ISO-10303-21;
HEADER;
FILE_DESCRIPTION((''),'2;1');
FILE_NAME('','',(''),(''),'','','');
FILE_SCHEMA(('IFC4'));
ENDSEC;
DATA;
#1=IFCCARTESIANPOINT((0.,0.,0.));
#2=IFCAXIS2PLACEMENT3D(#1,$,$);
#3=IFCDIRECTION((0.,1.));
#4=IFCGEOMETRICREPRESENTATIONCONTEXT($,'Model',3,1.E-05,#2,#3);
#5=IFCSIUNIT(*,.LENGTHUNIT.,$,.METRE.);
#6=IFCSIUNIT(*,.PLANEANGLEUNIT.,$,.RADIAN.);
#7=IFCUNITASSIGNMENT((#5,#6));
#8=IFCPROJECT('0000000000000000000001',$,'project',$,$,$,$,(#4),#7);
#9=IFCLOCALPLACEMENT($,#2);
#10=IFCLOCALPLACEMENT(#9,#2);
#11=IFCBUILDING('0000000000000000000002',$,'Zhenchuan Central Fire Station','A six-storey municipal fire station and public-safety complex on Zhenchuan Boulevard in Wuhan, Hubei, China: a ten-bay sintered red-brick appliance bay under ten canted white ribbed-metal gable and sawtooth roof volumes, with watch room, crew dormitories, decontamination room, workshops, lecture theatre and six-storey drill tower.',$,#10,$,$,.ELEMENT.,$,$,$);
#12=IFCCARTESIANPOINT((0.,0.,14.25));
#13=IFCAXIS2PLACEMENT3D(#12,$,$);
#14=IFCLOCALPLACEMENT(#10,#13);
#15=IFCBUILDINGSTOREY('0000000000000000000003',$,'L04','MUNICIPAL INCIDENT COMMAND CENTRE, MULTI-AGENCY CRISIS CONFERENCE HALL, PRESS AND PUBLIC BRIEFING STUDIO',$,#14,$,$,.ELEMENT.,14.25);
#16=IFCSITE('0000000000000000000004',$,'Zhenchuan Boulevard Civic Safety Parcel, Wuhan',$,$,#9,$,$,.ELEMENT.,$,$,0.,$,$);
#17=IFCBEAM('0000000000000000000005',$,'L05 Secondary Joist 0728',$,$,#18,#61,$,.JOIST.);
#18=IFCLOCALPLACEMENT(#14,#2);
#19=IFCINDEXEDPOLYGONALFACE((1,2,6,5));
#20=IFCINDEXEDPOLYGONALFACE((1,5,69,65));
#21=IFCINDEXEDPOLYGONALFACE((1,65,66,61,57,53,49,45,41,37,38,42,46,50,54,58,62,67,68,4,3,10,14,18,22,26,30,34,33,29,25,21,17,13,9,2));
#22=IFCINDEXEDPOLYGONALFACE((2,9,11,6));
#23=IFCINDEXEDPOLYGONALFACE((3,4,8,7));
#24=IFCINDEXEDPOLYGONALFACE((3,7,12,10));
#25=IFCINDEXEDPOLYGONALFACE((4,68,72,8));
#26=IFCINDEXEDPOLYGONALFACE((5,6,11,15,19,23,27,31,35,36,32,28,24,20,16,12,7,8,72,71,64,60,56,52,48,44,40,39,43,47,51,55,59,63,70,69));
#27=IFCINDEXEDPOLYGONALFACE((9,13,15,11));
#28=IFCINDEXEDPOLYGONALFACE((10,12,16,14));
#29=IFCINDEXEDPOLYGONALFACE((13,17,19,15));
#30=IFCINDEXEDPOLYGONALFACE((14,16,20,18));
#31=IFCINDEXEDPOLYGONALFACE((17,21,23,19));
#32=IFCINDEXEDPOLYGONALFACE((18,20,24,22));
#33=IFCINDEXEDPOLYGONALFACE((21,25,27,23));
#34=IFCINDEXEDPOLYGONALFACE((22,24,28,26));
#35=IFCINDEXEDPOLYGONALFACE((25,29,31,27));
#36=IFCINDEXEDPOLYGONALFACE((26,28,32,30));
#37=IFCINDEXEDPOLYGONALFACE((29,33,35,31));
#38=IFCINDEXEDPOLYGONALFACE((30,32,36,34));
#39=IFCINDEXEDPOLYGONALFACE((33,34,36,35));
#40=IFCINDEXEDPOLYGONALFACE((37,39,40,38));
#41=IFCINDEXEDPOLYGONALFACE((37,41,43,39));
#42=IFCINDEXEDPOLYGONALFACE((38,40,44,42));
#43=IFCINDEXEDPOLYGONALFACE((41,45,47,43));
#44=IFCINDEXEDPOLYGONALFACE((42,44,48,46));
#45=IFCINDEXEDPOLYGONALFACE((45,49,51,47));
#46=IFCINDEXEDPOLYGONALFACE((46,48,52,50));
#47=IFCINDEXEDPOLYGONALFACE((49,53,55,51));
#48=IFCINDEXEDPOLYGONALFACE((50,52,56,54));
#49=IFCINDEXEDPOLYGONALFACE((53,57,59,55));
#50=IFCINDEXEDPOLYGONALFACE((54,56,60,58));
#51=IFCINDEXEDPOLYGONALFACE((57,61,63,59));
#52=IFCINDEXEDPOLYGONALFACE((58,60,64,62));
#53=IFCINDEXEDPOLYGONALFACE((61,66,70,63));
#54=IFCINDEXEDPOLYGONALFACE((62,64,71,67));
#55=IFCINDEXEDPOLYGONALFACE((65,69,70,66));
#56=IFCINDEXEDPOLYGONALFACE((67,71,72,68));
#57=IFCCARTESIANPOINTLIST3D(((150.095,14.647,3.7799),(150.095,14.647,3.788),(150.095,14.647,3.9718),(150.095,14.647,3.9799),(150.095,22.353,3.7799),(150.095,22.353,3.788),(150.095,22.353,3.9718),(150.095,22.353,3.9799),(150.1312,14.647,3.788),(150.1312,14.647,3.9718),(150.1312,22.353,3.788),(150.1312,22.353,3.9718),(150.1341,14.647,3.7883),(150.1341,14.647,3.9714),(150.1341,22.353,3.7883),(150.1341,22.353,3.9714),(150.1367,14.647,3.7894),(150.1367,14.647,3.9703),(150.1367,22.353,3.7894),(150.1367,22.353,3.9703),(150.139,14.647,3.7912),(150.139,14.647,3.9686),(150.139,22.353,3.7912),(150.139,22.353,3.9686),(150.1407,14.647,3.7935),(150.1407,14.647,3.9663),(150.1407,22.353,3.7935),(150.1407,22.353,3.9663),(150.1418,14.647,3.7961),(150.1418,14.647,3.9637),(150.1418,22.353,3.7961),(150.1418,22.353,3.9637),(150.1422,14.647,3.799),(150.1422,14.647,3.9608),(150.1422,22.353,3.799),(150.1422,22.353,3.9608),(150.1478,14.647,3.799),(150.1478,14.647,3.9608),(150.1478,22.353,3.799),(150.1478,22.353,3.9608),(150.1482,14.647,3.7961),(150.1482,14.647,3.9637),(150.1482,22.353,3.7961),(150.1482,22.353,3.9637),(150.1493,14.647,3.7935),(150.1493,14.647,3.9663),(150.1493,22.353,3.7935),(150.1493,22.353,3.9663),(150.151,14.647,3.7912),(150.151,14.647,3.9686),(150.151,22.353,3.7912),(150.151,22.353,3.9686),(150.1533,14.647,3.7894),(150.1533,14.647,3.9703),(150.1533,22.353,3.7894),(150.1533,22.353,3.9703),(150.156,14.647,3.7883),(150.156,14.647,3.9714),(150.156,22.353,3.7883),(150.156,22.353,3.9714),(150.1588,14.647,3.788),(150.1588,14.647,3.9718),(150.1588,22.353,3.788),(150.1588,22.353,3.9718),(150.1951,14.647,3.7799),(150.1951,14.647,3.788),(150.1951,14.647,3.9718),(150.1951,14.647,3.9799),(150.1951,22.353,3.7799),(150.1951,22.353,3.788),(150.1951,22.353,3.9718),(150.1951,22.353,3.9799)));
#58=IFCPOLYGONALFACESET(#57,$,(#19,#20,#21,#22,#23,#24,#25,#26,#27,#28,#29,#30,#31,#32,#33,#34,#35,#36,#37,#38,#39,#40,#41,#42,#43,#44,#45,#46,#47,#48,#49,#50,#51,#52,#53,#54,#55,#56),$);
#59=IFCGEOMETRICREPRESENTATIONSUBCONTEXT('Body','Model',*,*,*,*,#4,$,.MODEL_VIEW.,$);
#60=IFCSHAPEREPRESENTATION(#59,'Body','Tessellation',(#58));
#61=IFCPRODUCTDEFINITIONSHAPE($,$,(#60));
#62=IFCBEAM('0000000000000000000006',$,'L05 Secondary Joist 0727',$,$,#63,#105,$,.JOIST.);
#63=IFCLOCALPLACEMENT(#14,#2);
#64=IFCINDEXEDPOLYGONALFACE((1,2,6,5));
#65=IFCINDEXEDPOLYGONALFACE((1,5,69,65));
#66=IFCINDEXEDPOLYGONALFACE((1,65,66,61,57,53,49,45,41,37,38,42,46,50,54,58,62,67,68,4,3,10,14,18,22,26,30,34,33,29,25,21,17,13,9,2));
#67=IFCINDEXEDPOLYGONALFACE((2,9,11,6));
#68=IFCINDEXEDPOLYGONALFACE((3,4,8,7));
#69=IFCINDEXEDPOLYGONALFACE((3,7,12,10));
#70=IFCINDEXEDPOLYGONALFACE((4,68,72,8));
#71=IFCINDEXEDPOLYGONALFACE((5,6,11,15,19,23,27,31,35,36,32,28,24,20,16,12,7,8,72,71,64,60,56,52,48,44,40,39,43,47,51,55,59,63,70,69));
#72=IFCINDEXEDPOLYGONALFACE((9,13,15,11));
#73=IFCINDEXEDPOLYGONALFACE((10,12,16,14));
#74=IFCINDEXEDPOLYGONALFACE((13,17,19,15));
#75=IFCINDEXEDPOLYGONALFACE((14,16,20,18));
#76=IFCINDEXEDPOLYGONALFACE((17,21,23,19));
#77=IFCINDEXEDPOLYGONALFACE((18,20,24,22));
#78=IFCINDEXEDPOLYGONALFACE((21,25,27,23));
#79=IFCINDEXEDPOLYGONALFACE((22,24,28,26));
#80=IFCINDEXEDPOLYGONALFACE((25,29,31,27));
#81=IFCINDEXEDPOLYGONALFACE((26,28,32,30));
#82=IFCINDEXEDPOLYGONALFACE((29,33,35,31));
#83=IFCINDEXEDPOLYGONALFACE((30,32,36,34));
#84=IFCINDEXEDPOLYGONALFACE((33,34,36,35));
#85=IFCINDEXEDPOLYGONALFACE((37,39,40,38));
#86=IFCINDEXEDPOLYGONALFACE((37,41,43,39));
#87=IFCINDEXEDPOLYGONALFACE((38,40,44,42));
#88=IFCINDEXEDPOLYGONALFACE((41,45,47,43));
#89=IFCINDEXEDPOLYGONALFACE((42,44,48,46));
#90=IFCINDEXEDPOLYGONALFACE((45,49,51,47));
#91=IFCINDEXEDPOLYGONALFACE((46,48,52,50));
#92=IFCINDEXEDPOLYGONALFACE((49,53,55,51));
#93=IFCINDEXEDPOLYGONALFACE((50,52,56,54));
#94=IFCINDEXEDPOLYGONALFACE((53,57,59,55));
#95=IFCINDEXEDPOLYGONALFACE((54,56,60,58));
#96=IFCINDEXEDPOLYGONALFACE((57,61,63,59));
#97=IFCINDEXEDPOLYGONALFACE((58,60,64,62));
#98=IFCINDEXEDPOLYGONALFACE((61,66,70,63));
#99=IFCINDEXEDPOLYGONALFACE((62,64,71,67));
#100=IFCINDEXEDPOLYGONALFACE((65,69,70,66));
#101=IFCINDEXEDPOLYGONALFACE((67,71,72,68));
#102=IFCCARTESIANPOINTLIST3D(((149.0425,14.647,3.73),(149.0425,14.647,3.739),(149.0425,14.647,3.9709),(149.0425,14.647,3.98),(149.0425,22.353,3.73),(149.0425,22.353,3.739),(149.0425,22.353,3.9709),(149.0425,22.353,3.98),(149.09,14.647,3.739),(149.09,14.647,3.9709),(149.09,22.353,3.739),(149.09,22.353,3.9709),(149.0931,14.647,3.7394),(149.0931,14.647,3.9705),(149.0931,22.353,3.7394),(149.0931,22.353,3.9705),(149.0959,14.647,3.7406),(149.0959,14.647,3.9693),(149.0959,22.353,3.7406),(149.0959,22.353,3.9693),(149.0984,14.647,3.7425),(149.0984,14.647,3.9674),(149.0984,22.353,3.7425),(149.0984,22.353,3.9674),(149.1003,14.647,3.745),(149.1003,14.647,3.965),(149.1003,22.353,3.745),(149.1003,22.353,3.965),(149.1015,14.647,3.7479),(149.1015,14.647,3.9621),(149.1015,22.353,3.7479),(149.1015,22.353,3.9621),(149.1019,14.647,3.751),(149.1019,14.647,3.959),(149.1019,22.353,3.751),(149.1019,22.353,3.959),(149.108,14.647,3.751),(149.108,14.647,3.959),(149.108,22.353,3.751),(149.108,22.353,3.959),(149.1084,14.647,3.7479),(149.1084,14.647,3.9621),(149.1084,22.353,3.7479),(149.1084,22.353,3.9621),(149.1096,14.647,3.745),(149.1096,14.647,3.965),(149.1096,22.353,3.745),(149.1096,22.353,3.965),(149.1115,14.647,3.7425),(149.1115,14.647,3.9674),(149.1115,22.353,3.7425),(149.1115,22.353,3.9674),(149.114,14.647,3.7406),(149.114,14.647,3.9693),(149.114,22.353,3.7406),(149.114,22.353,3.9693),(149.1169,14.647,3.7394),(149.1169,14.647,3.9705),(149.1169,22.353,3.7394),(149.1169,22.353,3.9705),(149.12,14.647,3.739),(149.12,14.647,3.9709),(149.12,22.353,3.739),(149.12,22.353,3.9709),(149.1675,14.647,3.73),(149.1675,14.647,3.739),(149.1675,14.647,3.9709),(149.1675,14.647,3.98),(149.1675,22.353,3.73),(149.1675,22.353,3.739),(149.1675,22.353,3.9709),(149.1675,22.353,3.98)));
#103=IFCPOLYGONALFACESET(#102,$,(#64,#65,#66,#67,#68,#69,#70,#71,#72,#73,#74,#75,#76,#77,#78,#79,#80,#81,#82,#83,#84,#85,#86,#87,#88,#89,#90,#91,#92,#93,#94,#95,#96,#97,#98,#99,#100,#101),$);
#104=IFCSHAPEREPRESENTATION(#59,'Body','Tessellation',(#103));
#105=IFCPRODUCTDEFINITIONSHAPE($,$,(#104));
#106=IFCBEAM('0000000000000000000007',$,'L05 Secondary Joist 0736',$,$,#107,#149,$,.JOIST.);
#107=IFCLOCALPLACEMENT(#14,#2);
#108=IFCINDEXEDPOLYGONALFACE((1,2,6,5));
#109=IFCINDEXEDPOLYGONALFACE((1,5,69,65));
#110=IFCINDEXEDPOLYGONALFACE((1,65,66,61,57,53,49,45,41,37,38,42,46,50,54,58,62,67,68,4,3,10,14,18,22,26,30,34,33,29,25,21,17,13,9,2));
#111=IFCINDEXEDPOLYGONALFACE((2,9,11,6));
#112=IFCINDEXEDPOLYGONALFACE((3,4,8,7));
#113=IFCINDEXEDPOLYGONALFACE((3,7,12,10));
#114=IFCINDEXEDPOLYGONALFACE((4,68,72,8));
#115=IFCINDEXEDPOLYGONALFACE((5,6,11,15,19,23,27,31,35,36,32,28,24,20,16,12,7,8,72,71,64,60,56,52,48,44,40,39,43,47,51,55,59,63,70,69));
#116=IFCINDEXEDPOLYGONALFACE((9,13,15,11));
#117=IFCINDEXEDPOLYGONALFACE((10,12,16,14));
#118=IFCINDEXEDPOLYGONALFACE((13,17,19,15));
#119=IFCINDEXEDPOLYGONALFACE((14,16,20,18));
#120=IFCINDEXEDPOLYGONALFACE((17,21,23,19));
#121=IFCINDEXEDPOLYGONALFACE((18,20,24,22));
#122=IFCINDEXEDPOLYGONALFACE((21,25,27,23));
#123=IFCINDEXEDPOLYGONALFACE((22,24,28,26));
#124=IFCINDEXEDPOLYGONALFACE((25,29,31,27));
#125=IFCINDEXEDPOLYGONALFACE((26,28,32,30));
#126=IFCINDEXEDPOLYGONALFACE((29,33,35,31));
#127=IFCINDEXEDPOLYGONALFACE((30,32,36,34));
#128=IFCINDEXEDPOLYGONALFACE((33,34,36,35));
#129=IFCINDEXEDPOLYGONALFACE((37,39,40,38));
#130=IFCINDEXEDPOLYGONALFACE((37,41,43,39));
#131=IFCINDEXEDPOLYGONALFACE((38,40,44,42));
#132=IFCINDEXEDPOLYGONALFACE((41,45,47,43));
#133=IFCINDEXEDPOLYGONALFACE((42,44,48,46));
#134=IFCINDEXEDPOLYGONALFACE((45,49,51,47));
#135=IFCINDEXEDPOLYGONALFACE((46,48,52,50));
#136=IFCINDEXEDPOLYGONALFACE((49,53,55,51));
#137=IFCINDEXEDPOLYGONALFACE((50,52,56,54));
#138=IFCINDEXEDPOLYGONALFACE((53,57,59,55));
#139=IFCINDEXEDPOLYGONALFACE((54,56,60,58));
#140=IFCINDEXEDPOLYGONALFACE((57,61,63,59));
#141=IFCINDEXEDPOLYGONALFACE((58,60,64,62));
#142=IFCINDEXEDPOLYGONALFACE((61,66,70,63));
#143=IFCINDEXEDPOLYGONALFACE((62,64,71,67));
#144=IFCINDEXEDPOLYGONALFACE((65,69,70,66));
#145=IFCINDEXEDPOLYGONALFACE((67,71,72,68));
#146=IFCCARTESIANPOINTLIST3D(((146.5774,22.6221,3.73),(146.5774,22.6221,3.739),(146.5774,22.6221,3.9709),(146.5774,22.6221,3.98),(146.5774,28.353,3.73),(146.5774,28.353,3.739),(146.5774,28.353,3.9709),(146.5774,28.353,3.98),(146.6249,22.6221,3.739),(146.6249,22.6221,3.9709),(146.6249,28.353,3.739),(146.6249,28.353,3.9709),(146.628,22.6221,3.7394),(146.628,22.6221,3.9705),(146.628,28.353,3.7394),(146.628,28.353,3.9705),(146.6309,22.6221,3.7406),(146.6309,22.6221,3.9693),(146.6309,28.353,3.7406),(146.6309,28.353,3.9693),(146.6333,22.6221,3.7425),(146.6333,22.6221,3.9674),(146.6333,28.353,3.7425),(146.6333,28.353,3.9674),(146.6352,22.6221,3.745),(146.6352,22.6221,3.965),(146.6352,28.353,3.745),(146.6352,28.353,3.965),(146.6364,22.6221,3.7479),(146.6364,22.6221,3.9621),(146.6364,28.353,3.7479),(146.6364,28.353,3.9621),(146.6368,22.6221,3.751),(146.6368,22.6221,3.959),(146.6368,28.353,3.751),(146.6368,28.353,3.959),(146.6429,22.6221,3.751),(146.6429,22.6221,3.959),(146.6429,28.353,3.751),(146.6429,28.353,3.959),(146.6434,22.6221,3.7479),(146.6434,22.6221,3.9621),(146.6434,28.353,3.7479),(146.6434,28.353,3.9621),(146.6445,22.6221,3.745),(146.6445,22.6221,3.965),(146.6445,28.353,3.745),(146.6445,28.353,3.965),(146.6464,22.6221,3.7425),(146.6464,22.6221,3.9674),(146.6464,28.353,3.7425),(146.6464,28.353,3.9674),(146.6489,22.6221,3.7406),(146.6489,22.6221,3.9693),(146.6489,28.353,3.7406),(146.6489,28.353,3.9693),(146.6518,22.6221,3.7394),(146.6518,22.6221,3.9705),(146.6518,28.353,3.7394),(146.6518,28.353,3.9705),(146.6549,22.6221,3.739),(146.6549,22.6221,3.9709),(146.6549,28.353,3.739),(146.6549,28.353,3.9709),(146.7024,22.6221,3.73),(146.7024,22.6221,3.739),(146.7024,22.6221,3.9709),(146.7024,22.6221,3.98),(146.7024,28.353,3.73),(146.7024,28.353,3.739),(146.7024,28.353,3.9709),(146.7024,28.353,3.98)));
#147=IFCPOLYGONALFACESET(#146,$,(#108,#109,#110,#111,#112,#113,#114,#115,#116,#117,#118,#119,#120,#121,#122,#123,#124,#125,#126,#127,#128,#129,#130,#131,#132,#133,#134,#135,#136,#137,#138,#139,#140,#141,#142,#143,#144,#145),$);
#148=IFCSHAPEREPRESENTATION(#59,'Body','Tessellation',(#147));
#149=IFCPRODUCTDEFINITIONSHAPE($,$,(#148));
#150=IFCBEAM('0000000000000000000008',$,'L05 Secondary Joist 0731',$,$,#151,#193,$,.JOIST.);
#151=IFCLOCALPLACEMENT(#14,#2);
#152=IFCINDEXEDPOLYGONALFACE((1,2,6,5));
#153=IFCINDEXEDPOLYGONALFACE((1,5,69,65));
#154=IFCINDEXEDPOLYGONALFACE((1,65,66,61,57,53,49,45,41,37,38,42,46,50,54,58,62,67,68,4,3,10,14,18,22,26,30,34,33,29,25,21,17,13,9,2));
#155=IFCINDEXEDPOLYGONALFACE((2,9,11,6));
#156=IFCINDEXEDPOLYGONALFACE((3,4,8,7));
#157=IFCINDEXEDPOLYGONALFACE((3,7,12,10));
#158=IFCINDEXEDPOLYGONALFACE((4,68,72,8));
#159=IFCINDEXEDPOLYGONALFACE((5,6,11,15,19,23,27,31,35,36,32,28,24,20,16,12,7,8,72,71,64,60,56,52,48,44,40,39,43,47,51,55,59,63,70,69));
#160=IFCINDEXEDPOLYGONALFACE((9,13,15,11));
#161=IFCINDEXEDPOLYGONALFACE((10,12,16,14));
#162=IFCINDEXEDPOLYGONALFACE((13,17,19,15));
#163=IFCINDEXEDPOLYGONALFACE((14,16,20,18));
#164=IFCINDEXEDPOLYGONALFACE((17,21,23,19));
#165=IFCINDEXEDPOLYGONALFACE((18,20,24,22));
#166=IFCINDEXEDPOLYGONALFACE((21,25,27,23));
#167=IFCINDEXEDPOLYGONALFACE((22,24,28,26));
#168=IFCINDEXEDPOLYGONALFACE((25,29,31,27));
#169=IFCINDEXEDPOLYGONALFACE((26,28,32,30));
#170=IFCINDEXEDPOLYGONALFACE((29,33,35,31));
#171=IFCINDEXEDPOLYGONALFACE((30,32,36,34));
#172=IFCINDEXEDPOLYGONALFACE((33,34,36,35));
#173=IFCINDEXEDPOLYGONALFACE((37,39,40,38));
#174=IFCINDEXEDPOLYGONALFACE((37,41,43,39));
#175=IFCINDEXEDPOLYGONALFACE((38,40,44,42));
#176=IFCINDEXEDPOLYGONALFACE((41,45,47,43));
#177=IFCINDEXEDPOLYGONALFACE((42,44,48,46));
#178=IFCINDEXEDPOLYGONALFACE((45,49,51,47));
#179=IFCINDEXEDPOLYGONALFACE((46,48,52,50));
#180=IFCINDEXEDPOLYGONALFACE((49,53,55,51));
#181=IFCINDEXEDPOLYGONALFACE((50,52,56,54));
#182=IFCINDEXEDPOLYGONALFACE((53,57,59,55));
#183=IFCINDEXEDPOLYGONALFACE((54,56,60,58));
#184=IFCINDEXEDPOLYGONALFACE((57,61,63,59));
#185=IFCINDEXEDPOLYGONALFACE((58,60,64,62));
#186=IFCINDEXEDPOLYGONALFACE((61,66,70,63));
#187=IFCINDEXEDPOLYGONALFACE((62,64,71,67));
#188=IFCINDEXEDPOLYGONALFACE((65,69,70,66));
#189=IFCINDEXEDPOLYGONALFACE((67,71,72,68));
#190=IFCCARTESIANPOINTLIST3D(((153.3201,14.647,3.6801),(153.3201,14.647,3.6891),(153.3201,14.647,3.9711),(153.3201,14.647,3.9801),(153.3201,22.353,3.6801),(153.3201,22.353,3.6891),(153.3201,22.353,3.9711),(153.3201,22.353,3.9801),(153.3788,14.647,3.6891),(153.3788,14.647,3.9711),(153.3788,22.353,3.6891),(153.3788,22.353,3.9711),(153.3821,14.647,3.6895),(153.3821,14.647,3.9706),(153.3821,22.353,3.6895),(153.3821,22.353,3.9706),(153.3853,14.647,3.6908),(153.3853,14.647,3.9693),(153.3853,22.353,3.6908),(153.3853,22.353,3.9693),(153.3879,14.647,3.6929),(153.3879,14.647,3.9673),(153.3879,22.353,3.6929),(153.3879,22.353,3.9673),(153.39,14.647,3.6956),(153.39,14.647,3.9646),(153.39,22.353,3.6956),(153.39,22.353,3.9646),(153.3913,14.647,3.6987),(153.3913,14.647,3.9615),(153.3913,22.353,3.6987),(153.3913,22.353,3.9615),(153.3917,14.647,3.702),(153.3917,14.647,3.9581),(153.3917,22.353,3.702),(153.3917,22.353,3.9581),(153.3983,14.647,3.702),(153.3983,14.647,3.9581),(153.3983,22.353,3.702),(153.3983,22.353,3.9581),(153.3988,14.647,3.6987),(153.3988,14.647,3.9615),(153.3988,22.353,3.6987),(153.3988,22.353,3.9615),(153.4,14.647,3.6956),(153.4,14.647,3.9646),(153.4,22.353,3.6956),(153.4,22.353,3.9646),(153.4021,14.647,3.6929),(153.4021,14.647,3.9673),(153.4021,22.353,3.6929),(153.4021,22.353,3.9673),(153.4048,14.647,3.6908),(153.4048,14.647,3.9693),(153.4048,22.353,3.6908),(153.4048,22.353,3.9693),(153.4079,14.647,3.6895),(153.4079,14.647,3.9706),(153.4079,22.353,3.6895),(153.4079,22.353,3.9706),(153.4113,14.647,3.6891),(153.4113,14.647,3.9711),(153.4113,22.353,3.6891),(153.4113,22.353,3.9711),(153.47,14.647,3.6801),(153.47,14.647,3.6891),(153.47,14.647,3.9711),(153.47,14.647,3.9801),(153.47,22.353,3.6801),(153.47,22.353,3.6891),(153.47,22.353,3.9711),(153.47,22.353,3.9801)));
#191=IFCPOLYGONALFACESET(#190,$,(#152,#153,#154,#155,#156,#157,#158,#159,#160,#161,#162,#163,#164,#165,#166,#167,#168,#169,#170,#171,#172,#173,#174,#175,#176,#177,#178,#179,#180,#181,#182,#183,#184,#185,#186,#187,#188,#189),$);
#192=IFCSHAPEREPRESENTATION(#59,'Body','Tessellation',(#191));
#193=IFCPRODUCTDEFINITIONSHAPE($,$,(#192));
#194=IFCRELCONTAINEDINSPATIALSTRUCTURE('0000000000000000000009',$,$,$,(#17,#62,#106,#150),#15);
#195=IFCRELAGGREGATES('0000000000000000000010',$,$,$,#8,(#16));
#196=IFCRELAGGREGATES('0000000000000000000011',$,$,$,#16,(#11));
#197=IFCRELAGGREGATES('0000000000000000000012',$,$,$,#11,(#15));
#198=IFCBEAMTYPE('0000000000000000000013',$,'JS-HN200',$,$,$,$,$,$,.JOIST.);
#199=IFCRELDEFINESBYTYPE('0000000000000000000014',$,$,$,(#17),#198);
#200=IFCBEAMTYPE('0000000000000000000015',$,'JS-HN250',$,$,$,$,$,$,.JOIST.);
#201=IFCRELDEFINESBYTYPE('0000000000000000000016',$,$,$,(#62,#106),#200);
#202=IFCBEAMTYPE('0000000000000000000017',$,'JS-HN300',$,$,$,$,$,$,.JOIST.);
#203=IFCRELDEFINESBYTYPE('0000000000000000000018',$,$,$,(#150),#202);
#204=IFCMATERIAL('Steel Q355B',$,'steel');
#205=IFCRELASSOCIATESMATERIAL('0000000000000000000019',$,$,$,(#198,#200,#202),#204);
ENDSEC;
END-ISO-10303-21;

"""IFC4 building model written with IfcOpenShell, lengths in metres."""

from ifc_helpers import new_model, si_unit, direction, frame, origin, origin_2d, place, context, subcontext, project, spatial, i_section, extrude, material, material_profile, profile_set, type_object, element, save


model = new_model("IFC4")

# Units and contexts
model_context = context("Model", 3, precision=1e-05, world=origin(), true_north=direction((0.0, 1.0)))
body_context = subcontext(model_context, "Body", "Model", "MODEL_VIEW")
ifc_project = project(units=[si_unit("LENGTHUNIT", "METRE"), si_unit("PLANEANGLEUNIT", "RADIAN")], contexts=[model_context])

# Site, building, storey
site_placement = place(None, origin())
site = spatial("IfcSite", under=ifc_project, at=site_placement, Name="Zhenchuan Boulevard Civic Safety Parcel, Wuhan", CompositionType="ELEMENT", RefElevation=0.0)
building_placement = place(site_placement, origin())
building = spatial("IfcBuilding", under=site, at=building_placement, Name="Zhenchuan Central Fire Station", Description="A six-storey municipal fire station and public-safety complex on Zhenchuan Boulevard in Wuhan, Hubei, China: a ten-bay sintered red-brick appliance bay under ten canted white ribbed-metal gable and sawtooth roof volumes, with watch room, crew dormitories, decontamination room, workshops, lecture theatre and six-storey drill tower.", CompositionType="ELEMENT")
storey_placement = place(building_placement, frame((0.0, 0.0, 14.25)))
storey = spatial("IfcBuildingStorey", under=building, at=storey_placement, Name="L04", Description="MUNICIPAL INCIDENT COMMAND CENTRE, MULTI-AGENCY CRISIS CONFERENCE HALL, PRESS AND PUBLIC BRIEFING STUDIO", CompositionType="ELEMENT", Elevation=14.25)

# Shared definitions
ifc_material_1 = material(Name="Steel Q355B", Category="steel")

# Beams
ifc_material_profile_1 = material_profile(ifc_material_1, i_section(OverallWidth=0.1001, OverallDepth=0.2, WebThickness=0.0056, FlangeThickness=0.0081, FilletRadius=0.011, at=origin_2d()), Name="HN 200x100")
ifc_profile_set_1 = profile_set([ifc_material_profile_1], Name="Steel Q355B")
beam_type_1 = type_object("IfcBeamType", Name="JS-HN200", PredefinedType="JOIST", material=ifc_profile_set_1)
beam_1_placement = place(storey_placement, frame((150.145, 14.647, 3.8799), z_axis=(0.0, 1.0, 0.0), x_axis=(-1.0, 0.0, 0.0)))
element("IfcBeam", 1, at=beam_1_placement, inside=storey, type_object=beam_type_1, Name="L05 Secondary Joist 0728", PredefinedType="JOIST", context=body_context, shape_type="SweptSolid", body=[
    extrude(i_section(OverallWidth=0.1001, OverallDepth=0.2, WebThickness=0.0056, FlangeThickness=0.0081, FilletRadius=0.011, at=origin_2d()), origin(), (0.0, 0.0, 1.0), 7.7061),
])
ifc_material_profile_2 = material_profile(ifc_material_1, i_section(OverallWidth=0.125, OverallDepth=0.25, WebThickness=0.0061, FlangeThickness=0.009, FilletRadius=0.012, at=origin_2d()), Name="HN 250x125")
ifc_profile_set_2 = profile_set([ifc_material_profile_2], Name="Steel Q355B")
beam_type_2 = type_object("IfcBeamType", Name="JS-HN250", PredefinedType="JOIST", material=ifc_profile_set_2)
beam_2_placement = place(storey_placement, frame((149.105, 14.647, 3.855), z_axis=(0.0, 1.0, 0.0), x_axis=(-1.0, 0.0, 0.0)))
element("IfcBeam", 2, at=beam_2_placement, inside=storey, type_object=beam_type_2, Name="L05 Secondary Joist 0727", PredefinedType="JOIST", context=body_context, shape_type="SweptSolid", body=[
    extrude(i_section(OverallWidth=0.125, OverallDepth=0.25, WebThickness=0.0061, FlangeThickness=0.009, FilletRadius=0.012, at=origin_2d()), origin(), (0.0, 0.0, 1.0), 7.7061),
])
beam_3_placement = place(storey_placement, frame((146.6399, 22.6221, 3.855), z_axis=(0.0, 1.0, 0.0), x_axis=(-1.0, 0.0, 0.0)))
element("IfcBeam", 3, at=beam_3_placement, inside=storey, type_object=beam_type_2, Name="L05 Secondary Joist 0736", PredefinedType="JOIST", context=body_context, shape_type="SweptSolid", body=[
    extrude(i_section(OverallWidth=0.125, OverallDepth=0.25, WebThickness=0.0061, FlangeThickness=0.009, FilletRadius=0.012, at=origin_2d()), origin(), (0.0, 0.0, 1.0), 5.731),
])
ifc_material_profile_3 = material_profile(ifc_material_1, i_section(OverallWidth=0.1499, OverallDepth=0.3, WebThickness=0.0066, FlangeThickness=0.009, FilletRadius=0.0129, at=origin_2d()), Name="HN 300x150")
ifc_profile_set_3 = profile_set([ifc_material_profile_3], Name="Steel Q355B")
beam_type_3 = type_object("IfcBeamType", Name="JS-HN300", PredefinedType="JOIST", material=ifc_profile_set_3)
beam_4_placement = place(storey_placement, frame((153.395, 14.647, 3.8301), z_axis=(0.0, 1.0, 0.0), x_axis=(-1.0, 0.0, 0.0)))
element("IfcBeam", 4, at=beam_4_placement, inside=storey, type_object=beam_type_3, Name="L05 Secondary Joist 0731", PredefinedType="JOIST", context=body_context, shape_type="SweptSolid", body=[
    extrude(i_section(OverallWidth=0.1499, OverallDepth=0.3, WebThickness=0.0066, FlangeThickness=0.009, FilletRadius=0.0129, at=origin_2d()), origin(), (0.0, 0.0, 1.0), 7.7061),
])

save(model, "model.ifc")
